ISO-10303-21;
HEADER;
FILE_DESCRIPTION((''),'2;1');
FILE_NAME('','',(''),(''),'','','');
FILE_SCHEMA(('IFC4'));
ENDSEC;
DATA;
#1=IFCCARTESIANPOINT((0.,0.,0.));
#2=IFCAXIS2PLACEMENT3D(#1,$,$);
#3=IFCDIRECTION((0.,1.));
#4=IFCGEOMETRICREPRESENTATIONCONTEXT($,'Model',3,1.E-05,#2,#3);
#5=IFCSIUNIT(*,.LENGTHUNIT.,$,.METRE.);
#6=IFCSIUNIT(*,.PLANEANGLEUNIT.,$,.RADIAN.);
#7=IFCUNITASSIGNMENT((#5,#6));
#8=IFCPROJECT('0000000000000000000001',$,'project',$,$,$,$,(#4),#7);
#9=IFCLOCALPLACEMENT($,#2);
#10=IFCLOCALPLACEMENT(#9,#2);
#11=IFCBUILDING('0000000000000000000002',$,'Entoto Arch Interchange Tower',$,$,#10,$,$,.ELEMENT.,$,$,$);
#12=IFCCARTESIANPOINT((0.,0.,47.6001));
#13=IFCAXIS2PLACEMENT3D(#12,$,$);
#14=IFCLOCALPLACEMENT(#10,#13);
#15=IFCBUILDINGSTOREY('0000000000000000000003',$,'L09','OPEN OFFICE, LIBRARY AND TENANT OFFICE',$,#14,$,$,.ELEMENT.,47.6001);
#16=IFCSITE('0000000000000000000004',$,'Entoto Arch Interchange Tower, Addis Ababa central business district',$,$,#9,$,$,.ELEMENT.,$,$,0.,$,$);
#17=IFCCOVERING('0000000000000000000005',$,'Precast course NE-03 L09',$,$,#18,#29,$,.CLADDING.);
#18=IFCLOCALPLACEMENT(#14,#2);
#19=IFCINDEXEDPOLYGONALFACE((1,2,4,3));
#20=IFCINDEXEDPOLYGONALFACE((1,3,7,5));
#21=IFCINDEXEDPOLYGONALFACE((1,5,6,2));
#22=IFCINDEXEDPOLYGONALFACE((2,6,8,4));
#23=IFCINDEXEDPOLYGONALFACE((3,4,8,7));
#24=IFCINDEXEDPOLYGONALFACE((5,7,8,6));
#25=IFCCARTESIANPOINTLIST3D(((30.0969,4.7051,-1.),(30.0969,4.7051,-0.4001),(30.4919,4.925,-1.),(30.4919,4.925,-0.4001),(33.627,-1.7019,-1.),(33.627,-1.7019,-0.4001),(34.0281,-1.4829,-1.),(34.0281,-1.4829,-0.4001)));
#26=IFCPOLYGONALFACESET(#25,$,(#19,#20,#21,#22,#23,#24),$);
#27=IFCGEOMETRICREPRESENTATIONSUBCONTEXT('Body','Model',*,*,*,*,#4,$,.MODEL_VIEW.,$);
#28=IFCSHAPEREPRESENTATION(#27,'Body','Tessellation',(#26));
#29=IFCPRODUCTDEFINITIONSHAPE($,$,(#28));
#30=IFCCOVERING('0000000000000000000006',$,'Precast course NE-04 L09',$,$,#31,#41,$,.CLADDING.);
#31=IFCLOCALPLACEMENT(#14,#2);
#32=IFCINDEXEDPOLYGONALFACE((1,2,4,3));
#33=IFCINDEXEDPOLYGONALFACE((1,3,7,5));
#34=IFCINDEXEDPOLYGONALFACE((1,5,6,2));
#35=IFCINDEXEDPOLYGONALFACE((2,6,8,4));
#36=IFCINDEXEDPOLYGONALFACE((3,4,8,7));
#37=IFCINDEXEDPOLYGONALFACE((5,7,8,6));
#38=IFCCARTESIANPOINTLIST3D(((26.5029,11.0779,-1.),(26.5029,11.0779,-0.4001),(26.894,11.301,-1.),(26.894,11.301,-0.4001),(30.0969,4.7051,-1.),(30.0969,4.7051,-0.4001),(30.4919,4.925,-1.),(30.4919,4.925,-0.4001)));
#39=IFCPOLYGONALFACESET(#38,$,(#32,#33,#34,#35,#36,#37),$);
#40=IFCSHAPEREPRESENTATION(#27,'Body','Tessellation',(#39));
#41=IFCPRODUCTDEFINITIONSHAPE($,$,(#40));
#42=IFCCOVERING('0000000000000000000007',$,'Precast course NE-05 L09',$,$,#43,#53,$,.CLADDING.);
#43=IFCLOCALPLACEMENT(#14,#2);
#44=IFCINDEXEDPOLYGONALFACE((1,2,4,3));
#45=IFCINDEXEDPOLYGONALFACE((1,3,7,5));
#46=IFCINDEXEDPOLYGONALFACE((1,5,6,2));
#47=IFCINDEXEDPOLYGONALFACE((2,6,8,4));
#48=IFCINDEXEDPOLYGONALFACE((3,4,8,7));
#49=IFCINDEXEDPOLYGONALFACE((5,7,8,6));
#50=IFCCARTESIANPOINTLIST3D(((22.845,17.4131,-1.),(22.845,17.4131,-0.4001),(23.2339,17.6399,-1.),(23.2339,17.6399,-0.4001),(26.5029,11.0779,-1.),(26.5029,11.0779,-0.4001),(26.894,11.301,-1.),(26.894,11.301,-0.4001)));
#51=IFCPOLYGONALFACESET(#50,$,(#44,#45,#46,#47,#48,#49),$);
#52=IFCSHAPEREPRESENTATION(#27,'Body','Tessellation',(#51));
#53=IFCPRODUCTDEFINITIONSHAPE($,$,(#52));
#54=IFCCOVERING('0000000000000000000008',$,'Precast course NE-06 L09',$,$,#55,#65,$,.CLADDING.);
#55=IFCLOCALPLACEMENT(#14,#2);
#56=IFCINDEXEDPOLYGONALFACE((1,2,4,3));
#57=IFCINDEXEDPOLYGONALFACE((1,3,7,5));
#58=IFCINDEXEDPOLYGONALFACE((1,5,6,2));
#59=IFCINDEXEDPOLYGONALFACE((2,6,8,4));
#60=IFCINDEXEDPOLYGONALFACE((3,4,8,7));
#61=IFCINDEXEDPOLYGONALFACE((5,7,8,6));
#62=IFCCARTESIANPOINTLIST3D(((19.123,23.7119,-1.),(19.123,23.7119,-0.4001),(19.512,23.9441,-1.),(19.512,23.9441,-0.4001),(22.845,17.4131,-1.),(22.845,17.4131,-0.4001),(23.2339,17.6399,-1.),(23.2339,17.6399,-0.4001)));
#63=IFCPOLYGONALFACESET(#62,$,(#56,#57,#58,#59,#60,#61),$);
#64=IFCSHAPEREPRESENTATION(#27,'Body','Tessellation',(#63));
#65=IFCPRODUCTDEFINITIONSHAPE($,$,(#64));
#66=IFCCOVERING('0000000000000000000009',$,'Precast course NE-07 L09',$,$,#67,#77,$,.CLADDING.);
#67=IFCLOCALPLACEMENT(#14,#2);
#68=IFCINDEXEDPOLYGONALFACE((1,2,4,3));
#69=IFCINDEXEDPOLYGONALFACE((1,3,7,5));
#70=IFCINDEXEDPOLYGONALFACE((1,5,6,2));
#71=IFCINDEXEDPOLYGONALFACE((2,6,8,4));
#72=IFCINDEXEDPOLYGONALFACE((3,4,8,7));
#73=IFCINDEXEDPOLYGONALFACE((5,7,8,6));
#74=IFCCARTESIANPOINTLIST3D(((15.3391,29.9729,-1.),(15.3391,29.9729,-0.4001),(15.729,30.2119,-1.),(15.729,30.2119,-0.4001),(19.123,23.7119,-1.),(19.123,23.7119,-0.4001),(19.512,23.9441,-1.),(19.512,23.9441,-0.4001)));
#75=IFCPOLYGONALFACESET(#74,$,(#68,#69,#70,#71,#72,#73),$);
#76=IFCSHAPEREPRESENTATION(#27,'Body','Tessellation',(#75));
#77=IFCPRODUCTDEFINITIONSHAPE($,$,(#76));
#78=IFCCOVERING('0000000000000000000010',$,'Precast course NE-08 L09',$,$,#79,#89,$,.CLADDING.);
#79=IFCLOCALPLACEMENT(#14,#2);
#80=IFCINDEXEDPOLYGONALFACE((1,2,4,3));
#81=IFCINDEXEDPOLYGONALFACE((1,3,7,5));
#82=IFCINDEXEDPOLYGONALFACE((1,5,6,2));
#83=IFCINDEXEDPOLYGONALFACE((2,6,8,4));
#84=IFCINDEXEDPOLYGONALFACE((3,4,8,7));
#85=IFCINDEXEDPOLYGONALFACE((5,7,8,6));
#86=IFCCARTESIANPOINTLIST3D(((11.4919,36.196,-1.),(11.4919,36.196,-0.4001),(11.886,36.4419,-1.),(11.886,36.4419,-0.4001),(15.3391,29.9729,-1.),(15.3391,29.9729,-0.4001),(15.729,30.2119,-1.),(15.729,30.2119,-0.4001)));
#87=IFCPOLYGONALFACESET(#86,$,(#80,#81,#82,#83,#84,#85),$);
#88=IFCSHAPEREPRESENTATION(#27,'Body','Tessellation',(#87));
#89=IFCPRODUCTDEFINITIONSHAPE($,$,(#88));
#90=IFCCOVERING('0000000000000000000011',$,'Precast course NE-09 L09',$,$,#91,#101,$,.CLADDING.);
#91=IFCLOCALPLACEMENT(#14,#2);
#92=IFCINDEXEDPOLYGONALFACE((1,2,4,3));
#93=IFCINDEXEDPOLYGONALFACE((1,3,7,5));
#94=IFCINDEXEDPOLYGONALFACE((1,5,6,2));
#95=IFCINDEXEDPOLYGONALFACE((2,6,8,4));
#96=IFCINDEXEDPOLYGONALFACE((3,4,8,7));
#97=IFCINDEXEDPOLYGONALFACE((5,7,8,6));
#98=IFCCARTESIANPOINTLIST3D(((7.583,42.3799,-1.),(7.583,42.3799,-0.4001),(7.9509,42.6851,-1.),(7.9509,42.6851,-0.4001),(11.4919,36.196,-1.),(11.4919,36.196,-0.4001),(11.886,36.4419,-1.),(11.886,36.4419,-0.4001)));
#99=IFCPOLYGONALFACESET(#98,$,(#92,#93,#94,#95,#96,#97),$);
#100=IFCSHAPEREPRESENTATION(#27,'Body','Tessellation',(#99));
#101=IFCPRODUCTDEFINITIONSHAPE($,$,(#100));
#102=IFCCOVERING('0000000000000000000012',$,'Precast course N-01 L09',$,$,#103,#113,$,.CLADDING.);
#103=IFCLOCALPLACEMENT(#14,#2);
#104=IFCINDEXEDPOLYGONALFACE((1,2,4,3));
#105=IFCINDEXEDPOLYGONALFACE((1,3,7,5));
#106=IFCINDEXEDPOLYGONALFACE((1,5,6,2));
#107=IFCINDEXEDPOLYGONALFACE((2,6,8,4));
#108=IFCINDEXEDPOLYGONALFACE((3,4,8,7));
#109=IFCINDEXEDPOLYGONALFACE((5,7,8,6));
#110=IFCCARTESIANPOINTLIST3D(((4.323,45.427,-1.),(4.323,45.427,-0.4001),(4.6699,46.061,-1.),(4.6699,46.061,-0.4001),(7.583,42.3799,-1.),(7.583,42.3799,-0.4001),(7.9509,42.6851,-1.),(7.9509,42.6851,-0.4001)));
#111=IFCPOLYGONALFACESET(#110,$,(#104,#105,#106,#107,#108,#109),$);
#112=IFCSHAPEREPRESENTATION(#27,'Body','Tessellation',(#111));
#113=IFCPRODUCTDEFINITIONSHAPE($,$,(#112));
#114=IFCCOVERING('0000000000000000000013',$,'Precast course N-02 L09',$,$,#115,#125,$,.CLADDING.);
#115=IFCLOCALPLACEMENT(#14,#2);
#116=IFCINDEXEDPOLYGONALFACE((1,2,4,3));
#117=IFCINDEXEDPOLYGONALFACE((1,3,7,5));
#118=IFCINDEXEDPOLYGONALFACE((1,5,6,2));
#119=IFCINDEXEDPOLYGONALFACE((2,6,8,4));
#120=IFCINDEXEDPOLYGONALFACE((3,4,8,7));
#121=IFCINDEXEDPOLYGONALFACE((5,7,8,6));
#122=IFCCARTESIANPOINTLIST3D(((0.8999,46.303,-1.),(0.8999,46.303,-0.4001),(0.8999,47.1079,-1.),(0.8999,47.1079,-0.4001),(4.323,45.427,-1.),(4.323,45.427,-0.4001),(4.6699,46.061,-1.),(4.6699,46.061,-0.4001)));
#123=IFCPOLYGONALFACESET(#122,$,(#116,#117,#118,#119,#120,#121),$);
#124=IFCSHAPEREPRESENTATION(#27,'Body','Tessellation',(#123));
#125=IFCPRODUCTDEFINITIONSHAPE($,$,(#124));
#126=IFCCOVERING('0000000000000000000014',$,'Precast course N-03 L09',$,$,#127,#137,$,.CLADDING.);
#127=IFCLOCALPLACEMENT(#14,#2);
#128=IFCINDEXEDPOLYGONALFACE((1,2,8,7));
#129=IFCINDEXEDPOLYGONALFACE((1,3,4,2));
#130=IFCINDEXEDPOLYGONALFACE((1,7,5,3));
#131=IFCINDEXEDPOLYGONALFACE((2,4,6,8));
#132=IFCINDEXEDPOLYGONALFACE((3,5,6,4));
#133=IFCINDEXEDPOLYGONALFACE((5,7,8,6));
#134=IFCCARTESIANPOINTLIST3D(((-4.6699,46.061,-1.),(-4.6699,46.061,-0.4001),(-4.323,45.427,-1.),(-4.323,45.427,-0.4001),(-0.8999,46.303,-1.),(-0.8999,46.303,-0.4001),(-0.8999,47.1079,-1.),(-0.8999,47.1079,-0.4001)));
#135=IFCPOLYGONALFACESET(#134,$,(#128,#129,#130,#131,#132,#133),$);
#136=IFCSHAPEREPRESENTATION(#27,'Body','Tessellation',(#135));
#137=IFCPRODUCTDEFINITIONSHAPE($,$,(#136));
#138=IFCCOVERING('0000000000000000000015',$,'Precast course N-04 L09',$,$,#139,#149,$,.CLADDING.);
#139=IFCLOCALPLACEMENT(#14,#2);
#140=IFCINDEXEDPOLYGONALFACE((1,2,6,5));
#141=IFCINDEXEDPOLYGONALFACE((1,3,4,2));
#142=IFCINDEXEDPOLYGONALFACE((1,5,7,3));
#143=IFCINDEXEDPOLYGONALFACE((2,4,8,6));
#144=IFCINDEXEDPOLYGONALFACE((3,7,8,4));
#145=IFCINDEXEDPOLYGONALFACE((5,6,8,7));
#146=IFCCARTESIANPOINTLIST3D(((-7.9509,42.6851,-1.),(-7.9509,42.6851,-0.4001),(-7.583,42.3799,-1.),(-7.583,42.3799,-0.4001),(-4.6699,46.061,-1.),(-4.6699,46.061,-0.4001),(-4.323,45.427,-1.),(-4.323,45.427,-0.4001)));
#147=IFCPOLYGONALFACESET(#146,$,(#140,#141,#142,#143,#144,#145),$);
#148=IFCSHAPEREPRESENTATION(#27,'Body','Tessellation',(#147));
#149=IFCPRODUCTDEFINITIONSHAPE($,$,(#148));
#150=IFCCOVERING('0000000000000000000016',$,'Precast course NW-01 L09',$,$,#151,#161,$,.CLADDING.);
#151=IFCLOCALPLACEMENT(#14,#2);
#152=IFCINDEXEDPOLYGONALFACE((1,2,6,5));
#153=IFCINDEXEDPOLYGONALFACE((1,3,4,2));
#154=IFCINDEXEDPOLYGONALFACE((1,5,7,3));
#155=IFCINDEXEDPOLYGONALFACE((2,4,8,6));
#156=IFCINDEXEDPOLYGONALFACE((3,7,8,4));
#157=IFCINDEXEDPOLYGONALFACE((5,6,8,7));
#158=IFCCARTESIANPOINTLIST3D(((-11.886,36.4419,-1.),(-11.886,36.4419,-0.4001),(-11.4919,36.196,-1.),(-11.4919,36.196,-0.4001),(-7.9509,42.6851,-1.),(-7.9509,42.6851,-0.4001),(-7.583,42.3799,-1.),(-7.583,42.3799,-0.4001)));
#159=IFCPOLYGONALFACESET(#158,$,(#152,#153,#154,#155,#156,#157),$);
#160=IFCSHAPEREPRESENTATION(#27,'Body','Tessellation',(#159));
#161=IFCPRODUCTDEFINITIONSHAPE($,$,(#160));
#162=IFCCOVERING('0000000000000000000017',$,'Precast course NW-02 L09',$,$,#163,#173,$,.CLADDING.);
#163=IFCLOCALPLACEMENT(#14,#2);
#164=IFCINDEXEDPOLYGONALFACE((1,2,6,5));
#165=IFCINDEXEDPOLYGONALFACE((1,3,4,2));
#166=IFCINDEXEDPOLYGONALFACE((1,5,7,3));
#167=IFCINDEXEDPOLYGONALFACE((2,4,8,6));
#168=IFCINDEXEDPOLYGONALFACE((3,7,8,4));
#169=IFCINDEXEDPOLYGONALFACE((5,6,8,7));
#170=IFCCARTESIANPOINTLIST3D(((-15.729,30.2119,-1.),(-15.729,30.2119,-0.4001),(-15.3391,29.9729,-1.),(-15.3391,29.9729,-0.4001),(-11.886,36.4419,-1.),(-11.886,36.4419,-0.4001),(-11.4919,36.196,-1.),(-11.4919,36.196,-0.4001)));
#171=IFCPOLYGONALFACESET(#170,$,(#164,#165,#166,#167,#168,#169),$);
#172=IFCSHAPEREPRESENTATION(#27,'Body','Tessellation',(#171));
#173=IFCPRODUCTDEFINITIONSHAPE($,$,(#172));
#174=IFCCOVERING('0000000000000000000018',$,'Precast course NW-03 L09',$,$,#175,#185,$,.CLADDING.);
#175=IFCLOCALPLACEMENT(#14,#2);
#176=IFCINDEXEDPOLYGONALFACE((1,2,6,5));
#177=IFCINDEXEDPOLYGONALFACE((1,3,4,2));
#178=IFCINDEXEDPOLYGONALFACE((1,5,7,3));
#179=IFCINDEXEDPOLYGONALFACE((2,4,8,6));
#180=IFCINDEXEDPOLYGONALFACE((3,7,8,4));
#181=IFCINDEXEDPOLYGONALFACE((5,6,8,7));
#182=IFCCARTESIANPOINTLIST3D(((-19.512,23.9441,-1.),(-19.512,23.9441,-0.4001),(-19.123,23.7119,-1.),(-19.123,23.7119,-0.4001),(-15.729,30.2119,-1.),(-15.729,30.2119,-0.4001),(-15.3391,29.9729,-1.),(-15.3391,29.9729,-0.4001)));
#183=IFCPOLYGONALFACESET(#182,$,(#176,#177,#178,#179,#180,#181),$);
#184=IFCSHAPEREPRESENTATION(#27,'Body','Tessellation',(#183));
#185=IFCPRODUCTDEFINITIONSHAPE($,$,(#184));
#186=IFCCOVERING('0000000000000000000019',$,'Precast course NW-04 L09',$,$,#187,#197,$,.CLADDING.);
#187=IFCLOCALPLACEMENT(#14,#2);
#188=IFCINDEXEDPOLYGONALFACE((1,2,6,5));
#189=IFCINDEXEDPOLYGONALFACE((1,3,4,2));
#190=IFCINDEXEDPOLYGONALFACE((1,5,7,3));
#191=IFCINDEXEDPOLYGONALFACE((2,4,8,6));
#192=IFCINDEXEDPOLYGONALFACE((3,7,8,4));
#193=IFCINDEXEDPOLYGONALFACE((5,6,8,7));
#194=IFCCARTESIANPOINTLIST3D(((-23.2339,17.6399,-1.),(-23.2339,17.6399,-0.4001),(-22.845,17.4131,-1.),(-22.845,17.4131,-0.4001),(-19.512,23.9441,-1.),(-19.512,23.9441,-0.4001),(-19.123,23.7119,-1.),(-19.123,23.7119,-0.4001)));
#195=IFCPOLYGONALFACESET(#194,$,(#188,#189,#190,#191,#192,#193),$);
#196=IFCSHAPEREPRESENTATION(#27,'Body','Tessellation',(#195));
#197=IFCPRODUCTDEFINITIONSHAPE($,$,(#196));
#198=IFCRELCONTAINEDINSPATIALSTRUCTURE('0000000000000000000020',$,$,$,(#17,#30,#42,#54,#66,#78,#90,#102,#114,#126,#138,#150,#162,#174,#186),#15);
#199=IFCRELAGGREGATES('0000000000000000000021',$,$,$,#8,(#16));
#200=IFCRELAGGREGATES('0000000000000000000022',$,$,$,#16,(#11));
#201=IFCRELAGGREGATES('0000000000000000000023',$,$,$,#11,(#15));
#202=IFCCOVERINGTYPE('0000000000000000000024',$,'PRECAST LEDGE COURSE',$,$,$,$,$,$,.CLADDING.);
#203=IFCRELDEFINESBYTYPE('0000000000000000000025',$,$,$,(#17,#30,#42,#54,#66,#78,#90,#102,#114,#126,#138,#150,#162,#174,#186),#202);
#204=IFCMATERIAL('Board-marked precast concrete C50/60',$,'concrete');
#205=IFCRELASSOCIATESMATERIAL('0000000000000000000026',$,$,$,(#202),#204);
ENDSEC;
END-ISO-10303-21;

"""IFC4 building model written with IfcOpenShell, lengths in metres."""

from ifc_helpers import new_model, si_unit, direction, frame, origin, place, context, subcontext, project, spatial, polyline, outline, extrude, material, type_object, element, save


model = new_model("IFC4")

# Units and contexts
model_context = context("Model", 3, precision=1e-05, world=origin(), true_north=direction((0.0, 1.0)))
body_context = subcontext(model_context, "Body", "Model", "MODEL_VIEW")
ifc_project = project(units=[si_unit("LENGTHUNIT", "METRE"), si_unit("PLANEANGLEUNIT", "RADIAN")], contexts=[model_context])

# Site, building, storey
site_placement = place(None, origin())
site = spatial("IfcSite", under=ifc_project, at=site_placement, Name="Entoto Arch Interchange Tower, Addis Ababa central business district", CompositionType="ELEMENT", RefElevation=0.0)
building_placement = place(site_placement, origin())
building = spatial("IfcBuilding", under=site, at=building_placement, Name="Entoto Arch Interchange Tower", CompositionType="ELEMENT")
storey_placement = place(building_placement, frame((0.0, 0.0, 47.6001)))
storey = spatial("IfcBuildingStorey", under=building, at=storey_placement, Name="L09", Description="OPEN OFFICE, LIBRARY AND TENANT OFFICE", CompositionType="ELEMENT", Elevation=47.6001)

# Coverings
ifc_material_1 = material(Name="Board-marked precast concrete C50/60", Category="concrete")
covering_type = type_object("IfcCoveringType", Name="PRECAST LEDGE COURSE", PredefinedType="CLADDING", material=ifc_material_1)
covering_1_placement = place(storey_placement, frame((0.0, 0.0, -1.0)))
element("IfcCovering", 1, at=covering_1_placement, inside=storey, type_object=covering_type, Name="Precast course NE-03 L09", PredefinedType="CLADDING", context=body_context, shape_type="SweptSolid", body=[
    extrude(outline(polyline([(30.0969, 4.7051), (30.4919, 4.925), (34.0281, -1.4829), (33.627, -1.7019), (30.0969, 4.7051)])), origin(), (0.0, 0.0, 1.0), 0.5999),
])
covering_2_placement = place(storey_placement, frame((0.0, 0.0, -1.0)))
element("IfcCovering", 2, at=covering_2_placement, inside=storey, type_object=covering_type, Name="Precast course NE-04 L09", PredefinedType="CLADDING", context=body_context, shape_type="SweptSolid", body=[
    extrude(outline(polyline([(26.5029, 11.0779), (26.894, 11.301), (30.4919, 4.925), (30.0969, 4.7051), (26.5029, 11.0779)])), origin(), (0.0, 0.0, 1.0), 0.5999),
])
covering_3_placement = place(storey_placement, frame((0.0, 0.0, -1.0)))
element("IfcCovering", 3, at=covering_3_placement, inside=storey, type_object=covering_type, Name="Precast course NE-05 L09", PredefinedType="CLADDING", context=body_context, shape_type="SweptSolid", body=[
    extrude(outline(polyline([(22.845, 17.4131), (23.2339, 17.6399), (26.894, 11.301), (26.5029, 11.0779), (22.845, 17.4131)])), origin(), (0.0, 0.0, 1.0), 0.5999),
])
covering_4_placement = place(storey_placement, frame((0.0, 0.0, -1.0)))
element("IfcCovering", 4, at=covering_4_placement, inside=storey, type_object=covering_type, Name="Precast course NE-06 L09", PredefinedType="CLADDING", context=body_context, shape_type="SweptSolid", body=[
    extrude(outline(polyline([(19.123, 23.7119), (19.512, 23.9441), (23.2339, 17.6399), (22.845, 17.4131), (19.123, 23.7119)])), origin(), (0.0, 0.0, 1.0), 0.5999),
])
covering_5_placement = place(storey_placement, frame((0.0, 0.0, -1.0)))
element("IfcCovering", 5, at=covering_5_placement, inside=storey, type_object=covering_type, Name="Precast course NE-07 L09", PredefinedType="CLADDING", context=body_context, shape_type="SweptSolid", body=[
    extrude(outline(polyline([(15.3391, 29.9729), (15.729, 30.2119), (19.512, 23.9441), (19.123, 23.7119), (15.3391, 29.9729)])), origin(), (0.0, 0.0, 1.0), 0.5999),
])
covering_6_placement = place(storey_placement, frame((0.0, 0.0, -1.0)))
element("IfcCovering", 6, at=covering_6_placement, inside=storey, type_object=covering_type, Name="Precast course NE-08 L09", PredefinedType="CLADDING", context=body_context, shape_type="SweptSolid", body=[
    extrude(outline(polyline([(11.4919, 36.196), (11.886, 36.4419), (15.729, 30.2119), (15.3391, 29.9729), (11.4919, 36.196)])), origin(), (0.0, 0.0, 1.0), 0.5999),
])
covering_7_placement = place(storey_placement, frame((0.0, 0.0, -1.0)))
element("IfcCovering", 7, at=covering_7_placement, inside=storey, type_object=covering_type, Name="Precast course NE-09 L09", PredefinedType="CLADDING", context=body_context, shape_type="SweptSolid", body=[
    extrude(outline(polyline([(7.583, 42.3799), (7.9509, 42.6851), (11.886, 36.4419), (11.4919, 36.196), (7.583, 42.3799)])), origin(), (0.0, 0.0, 1.0), 0.5999),
])
covering_8_placement = place(storey_placement, frame((0.0, 0.0, -1.0)))
element("IfcCovering", 8, at=covering_8_placement, inside=storey, type_object=covering_type, Name="Precast course N-01 L09", PredefinedType="CLADDING", context=body_context, shape_type="SweptSolid", body=[
    extrude(outline(polyline([(4.323, 45.427), (4.6699, 46.061), (7.9509, 42.6851), (7.583, 42.3799), (4.323, 45.427)])), origin(), (0.0, 0.0, 1.0), 0.5999),
])
covering_9_placement = place(storey_placement, frame((0.0, 0.0, -1.0)))
element("IfcCovering", 9, at=covering_9_placement, inside=storey, type_object=covering_type, Name="Precast course N-02 L09", PredefinedType="CLADDING", context=body_context, shape_type="SweptSolid", body=[
    extrude(outline(polyline([(0.8999, 46.303), (0.8999, 47.1079), (4.6699, 46.061), (4.323, 45.427), (0.8999, 46.303)])), origin(), (0.0, 0.0, 1.0), 0.5999),
])
covering_10_placement = place(storey_placement, frame((0.0, 0.0, -1.0)))
element("IfcCovering", 10, at=covering_10_placement, inside=storey, type_object=covering_type, Name="Precast course N-03 L09", PredefinedType="CLADDING", context=body_context, shape_type="SweptSolid", body=[
    extrude(outline(polyline([(-4.323, 45.427), (-4.6699, 46.061), (-0.8999, 47.1079), (-0.8999, 46.303), (-4.323, 45.427)])), origin(), (0.0, 0.0, 1.0), 0.5999),
])
covering_11_placement = place(storey_placement, frame((0.0, 0.0, -1.0)))
element("IfcCovering", 11, at=covering_11_placement, inside=storey, type_object=covering_type, Name="Precast course N-04 L09", PredefinedType="CLADDING", context=body_context, shape_type="SweptSolid", body=[
    extrude(outline(polyline([(-7.583, 42.3799), (-7.9509, 42.6851), (-4.6699, 46.061), (-4.323, 45.427), (-7.583, 42.3799)])), origin(), (0.0, 0.0, 1.0), 0.5999),
])
covering_12_placement = place(storey_placement, frame((0.0, 0.0, -1.0)))
element("IfcCovering", 12, at=covering_12_placement, inside=storey, type_object=covering_type, Name="Precast course NW-01 L09", PredefinedType="CLADDING", context=body_context, shape_type="SweptSolid", body=[
    extrude(outline(polyline([(-11.4919, 36.196), (-11.886, 36.4419), (-7.9509, 42.6851), (-7.583, 42.3799), (-11.4919, 36.196)])), origin(), (0.0, 0.0, 1.0), 0.5999),
])
covering_13_placement = place(storey_placement, frame((0.0, 0.0, -1.0)))
element("IfcCovering", 13, at=covering_13_placement, inside=storey, type_object=covering_type, Name="Precast course NW-02 L09", PredefinedType="CLADDING", context=body_context, shape_type="SweptSolid", body=[
    extrude(outline(polyline([(-15.3391, 29.9729), (-15.729, 30.2119), (-11.886, 36.4419), (-11.4919, 36.196), (-15.3391, 29.9729)])), origin(), (0.0, 0.0, 1.0), 0.5999),
])
covering_14_placement = place(storey_placement, frame((0.0, 0.0, -1.0)))
element("IfcCovering", 14, at=covering_14_placement, inside=storey, type_object=covering_type, Name="Precast course NW-03 L09", PredefinedType="CLADDING", context=body_context, shape_type="SweptSolid", body=[
    extrude(outline(polyline([(-19.123, 23.7119), (-19.512, 23.9441), (-15.729, 30.2119), (-15.3391, 29.9729), (-19.123, 23.7119)])), origin(), (0.0, 0.0, 1.0), 0.5999),
])
covering_15_placement = place(storey_placement, frame((0.0, 0.0, -1.0)))
element("IfcCovering", 15, at=covering_15_placement, inside=storey, type_object=covering_type, Name="Precast course NW-04 L09", PredefinedType="CLADDING", context=body_context, shape_type="SweptSolid", body=[
    extrude(outline(polyline([(-22.845, 17.4131), (-23.2339, 17.6399), (-19.512, 23.9441), (-19.123, 23.7119), (-22.845, 17.4131)])), origin(), (0.0, 0.0, 1.0), 0.5999),
])

save(model, "model.ifc")
